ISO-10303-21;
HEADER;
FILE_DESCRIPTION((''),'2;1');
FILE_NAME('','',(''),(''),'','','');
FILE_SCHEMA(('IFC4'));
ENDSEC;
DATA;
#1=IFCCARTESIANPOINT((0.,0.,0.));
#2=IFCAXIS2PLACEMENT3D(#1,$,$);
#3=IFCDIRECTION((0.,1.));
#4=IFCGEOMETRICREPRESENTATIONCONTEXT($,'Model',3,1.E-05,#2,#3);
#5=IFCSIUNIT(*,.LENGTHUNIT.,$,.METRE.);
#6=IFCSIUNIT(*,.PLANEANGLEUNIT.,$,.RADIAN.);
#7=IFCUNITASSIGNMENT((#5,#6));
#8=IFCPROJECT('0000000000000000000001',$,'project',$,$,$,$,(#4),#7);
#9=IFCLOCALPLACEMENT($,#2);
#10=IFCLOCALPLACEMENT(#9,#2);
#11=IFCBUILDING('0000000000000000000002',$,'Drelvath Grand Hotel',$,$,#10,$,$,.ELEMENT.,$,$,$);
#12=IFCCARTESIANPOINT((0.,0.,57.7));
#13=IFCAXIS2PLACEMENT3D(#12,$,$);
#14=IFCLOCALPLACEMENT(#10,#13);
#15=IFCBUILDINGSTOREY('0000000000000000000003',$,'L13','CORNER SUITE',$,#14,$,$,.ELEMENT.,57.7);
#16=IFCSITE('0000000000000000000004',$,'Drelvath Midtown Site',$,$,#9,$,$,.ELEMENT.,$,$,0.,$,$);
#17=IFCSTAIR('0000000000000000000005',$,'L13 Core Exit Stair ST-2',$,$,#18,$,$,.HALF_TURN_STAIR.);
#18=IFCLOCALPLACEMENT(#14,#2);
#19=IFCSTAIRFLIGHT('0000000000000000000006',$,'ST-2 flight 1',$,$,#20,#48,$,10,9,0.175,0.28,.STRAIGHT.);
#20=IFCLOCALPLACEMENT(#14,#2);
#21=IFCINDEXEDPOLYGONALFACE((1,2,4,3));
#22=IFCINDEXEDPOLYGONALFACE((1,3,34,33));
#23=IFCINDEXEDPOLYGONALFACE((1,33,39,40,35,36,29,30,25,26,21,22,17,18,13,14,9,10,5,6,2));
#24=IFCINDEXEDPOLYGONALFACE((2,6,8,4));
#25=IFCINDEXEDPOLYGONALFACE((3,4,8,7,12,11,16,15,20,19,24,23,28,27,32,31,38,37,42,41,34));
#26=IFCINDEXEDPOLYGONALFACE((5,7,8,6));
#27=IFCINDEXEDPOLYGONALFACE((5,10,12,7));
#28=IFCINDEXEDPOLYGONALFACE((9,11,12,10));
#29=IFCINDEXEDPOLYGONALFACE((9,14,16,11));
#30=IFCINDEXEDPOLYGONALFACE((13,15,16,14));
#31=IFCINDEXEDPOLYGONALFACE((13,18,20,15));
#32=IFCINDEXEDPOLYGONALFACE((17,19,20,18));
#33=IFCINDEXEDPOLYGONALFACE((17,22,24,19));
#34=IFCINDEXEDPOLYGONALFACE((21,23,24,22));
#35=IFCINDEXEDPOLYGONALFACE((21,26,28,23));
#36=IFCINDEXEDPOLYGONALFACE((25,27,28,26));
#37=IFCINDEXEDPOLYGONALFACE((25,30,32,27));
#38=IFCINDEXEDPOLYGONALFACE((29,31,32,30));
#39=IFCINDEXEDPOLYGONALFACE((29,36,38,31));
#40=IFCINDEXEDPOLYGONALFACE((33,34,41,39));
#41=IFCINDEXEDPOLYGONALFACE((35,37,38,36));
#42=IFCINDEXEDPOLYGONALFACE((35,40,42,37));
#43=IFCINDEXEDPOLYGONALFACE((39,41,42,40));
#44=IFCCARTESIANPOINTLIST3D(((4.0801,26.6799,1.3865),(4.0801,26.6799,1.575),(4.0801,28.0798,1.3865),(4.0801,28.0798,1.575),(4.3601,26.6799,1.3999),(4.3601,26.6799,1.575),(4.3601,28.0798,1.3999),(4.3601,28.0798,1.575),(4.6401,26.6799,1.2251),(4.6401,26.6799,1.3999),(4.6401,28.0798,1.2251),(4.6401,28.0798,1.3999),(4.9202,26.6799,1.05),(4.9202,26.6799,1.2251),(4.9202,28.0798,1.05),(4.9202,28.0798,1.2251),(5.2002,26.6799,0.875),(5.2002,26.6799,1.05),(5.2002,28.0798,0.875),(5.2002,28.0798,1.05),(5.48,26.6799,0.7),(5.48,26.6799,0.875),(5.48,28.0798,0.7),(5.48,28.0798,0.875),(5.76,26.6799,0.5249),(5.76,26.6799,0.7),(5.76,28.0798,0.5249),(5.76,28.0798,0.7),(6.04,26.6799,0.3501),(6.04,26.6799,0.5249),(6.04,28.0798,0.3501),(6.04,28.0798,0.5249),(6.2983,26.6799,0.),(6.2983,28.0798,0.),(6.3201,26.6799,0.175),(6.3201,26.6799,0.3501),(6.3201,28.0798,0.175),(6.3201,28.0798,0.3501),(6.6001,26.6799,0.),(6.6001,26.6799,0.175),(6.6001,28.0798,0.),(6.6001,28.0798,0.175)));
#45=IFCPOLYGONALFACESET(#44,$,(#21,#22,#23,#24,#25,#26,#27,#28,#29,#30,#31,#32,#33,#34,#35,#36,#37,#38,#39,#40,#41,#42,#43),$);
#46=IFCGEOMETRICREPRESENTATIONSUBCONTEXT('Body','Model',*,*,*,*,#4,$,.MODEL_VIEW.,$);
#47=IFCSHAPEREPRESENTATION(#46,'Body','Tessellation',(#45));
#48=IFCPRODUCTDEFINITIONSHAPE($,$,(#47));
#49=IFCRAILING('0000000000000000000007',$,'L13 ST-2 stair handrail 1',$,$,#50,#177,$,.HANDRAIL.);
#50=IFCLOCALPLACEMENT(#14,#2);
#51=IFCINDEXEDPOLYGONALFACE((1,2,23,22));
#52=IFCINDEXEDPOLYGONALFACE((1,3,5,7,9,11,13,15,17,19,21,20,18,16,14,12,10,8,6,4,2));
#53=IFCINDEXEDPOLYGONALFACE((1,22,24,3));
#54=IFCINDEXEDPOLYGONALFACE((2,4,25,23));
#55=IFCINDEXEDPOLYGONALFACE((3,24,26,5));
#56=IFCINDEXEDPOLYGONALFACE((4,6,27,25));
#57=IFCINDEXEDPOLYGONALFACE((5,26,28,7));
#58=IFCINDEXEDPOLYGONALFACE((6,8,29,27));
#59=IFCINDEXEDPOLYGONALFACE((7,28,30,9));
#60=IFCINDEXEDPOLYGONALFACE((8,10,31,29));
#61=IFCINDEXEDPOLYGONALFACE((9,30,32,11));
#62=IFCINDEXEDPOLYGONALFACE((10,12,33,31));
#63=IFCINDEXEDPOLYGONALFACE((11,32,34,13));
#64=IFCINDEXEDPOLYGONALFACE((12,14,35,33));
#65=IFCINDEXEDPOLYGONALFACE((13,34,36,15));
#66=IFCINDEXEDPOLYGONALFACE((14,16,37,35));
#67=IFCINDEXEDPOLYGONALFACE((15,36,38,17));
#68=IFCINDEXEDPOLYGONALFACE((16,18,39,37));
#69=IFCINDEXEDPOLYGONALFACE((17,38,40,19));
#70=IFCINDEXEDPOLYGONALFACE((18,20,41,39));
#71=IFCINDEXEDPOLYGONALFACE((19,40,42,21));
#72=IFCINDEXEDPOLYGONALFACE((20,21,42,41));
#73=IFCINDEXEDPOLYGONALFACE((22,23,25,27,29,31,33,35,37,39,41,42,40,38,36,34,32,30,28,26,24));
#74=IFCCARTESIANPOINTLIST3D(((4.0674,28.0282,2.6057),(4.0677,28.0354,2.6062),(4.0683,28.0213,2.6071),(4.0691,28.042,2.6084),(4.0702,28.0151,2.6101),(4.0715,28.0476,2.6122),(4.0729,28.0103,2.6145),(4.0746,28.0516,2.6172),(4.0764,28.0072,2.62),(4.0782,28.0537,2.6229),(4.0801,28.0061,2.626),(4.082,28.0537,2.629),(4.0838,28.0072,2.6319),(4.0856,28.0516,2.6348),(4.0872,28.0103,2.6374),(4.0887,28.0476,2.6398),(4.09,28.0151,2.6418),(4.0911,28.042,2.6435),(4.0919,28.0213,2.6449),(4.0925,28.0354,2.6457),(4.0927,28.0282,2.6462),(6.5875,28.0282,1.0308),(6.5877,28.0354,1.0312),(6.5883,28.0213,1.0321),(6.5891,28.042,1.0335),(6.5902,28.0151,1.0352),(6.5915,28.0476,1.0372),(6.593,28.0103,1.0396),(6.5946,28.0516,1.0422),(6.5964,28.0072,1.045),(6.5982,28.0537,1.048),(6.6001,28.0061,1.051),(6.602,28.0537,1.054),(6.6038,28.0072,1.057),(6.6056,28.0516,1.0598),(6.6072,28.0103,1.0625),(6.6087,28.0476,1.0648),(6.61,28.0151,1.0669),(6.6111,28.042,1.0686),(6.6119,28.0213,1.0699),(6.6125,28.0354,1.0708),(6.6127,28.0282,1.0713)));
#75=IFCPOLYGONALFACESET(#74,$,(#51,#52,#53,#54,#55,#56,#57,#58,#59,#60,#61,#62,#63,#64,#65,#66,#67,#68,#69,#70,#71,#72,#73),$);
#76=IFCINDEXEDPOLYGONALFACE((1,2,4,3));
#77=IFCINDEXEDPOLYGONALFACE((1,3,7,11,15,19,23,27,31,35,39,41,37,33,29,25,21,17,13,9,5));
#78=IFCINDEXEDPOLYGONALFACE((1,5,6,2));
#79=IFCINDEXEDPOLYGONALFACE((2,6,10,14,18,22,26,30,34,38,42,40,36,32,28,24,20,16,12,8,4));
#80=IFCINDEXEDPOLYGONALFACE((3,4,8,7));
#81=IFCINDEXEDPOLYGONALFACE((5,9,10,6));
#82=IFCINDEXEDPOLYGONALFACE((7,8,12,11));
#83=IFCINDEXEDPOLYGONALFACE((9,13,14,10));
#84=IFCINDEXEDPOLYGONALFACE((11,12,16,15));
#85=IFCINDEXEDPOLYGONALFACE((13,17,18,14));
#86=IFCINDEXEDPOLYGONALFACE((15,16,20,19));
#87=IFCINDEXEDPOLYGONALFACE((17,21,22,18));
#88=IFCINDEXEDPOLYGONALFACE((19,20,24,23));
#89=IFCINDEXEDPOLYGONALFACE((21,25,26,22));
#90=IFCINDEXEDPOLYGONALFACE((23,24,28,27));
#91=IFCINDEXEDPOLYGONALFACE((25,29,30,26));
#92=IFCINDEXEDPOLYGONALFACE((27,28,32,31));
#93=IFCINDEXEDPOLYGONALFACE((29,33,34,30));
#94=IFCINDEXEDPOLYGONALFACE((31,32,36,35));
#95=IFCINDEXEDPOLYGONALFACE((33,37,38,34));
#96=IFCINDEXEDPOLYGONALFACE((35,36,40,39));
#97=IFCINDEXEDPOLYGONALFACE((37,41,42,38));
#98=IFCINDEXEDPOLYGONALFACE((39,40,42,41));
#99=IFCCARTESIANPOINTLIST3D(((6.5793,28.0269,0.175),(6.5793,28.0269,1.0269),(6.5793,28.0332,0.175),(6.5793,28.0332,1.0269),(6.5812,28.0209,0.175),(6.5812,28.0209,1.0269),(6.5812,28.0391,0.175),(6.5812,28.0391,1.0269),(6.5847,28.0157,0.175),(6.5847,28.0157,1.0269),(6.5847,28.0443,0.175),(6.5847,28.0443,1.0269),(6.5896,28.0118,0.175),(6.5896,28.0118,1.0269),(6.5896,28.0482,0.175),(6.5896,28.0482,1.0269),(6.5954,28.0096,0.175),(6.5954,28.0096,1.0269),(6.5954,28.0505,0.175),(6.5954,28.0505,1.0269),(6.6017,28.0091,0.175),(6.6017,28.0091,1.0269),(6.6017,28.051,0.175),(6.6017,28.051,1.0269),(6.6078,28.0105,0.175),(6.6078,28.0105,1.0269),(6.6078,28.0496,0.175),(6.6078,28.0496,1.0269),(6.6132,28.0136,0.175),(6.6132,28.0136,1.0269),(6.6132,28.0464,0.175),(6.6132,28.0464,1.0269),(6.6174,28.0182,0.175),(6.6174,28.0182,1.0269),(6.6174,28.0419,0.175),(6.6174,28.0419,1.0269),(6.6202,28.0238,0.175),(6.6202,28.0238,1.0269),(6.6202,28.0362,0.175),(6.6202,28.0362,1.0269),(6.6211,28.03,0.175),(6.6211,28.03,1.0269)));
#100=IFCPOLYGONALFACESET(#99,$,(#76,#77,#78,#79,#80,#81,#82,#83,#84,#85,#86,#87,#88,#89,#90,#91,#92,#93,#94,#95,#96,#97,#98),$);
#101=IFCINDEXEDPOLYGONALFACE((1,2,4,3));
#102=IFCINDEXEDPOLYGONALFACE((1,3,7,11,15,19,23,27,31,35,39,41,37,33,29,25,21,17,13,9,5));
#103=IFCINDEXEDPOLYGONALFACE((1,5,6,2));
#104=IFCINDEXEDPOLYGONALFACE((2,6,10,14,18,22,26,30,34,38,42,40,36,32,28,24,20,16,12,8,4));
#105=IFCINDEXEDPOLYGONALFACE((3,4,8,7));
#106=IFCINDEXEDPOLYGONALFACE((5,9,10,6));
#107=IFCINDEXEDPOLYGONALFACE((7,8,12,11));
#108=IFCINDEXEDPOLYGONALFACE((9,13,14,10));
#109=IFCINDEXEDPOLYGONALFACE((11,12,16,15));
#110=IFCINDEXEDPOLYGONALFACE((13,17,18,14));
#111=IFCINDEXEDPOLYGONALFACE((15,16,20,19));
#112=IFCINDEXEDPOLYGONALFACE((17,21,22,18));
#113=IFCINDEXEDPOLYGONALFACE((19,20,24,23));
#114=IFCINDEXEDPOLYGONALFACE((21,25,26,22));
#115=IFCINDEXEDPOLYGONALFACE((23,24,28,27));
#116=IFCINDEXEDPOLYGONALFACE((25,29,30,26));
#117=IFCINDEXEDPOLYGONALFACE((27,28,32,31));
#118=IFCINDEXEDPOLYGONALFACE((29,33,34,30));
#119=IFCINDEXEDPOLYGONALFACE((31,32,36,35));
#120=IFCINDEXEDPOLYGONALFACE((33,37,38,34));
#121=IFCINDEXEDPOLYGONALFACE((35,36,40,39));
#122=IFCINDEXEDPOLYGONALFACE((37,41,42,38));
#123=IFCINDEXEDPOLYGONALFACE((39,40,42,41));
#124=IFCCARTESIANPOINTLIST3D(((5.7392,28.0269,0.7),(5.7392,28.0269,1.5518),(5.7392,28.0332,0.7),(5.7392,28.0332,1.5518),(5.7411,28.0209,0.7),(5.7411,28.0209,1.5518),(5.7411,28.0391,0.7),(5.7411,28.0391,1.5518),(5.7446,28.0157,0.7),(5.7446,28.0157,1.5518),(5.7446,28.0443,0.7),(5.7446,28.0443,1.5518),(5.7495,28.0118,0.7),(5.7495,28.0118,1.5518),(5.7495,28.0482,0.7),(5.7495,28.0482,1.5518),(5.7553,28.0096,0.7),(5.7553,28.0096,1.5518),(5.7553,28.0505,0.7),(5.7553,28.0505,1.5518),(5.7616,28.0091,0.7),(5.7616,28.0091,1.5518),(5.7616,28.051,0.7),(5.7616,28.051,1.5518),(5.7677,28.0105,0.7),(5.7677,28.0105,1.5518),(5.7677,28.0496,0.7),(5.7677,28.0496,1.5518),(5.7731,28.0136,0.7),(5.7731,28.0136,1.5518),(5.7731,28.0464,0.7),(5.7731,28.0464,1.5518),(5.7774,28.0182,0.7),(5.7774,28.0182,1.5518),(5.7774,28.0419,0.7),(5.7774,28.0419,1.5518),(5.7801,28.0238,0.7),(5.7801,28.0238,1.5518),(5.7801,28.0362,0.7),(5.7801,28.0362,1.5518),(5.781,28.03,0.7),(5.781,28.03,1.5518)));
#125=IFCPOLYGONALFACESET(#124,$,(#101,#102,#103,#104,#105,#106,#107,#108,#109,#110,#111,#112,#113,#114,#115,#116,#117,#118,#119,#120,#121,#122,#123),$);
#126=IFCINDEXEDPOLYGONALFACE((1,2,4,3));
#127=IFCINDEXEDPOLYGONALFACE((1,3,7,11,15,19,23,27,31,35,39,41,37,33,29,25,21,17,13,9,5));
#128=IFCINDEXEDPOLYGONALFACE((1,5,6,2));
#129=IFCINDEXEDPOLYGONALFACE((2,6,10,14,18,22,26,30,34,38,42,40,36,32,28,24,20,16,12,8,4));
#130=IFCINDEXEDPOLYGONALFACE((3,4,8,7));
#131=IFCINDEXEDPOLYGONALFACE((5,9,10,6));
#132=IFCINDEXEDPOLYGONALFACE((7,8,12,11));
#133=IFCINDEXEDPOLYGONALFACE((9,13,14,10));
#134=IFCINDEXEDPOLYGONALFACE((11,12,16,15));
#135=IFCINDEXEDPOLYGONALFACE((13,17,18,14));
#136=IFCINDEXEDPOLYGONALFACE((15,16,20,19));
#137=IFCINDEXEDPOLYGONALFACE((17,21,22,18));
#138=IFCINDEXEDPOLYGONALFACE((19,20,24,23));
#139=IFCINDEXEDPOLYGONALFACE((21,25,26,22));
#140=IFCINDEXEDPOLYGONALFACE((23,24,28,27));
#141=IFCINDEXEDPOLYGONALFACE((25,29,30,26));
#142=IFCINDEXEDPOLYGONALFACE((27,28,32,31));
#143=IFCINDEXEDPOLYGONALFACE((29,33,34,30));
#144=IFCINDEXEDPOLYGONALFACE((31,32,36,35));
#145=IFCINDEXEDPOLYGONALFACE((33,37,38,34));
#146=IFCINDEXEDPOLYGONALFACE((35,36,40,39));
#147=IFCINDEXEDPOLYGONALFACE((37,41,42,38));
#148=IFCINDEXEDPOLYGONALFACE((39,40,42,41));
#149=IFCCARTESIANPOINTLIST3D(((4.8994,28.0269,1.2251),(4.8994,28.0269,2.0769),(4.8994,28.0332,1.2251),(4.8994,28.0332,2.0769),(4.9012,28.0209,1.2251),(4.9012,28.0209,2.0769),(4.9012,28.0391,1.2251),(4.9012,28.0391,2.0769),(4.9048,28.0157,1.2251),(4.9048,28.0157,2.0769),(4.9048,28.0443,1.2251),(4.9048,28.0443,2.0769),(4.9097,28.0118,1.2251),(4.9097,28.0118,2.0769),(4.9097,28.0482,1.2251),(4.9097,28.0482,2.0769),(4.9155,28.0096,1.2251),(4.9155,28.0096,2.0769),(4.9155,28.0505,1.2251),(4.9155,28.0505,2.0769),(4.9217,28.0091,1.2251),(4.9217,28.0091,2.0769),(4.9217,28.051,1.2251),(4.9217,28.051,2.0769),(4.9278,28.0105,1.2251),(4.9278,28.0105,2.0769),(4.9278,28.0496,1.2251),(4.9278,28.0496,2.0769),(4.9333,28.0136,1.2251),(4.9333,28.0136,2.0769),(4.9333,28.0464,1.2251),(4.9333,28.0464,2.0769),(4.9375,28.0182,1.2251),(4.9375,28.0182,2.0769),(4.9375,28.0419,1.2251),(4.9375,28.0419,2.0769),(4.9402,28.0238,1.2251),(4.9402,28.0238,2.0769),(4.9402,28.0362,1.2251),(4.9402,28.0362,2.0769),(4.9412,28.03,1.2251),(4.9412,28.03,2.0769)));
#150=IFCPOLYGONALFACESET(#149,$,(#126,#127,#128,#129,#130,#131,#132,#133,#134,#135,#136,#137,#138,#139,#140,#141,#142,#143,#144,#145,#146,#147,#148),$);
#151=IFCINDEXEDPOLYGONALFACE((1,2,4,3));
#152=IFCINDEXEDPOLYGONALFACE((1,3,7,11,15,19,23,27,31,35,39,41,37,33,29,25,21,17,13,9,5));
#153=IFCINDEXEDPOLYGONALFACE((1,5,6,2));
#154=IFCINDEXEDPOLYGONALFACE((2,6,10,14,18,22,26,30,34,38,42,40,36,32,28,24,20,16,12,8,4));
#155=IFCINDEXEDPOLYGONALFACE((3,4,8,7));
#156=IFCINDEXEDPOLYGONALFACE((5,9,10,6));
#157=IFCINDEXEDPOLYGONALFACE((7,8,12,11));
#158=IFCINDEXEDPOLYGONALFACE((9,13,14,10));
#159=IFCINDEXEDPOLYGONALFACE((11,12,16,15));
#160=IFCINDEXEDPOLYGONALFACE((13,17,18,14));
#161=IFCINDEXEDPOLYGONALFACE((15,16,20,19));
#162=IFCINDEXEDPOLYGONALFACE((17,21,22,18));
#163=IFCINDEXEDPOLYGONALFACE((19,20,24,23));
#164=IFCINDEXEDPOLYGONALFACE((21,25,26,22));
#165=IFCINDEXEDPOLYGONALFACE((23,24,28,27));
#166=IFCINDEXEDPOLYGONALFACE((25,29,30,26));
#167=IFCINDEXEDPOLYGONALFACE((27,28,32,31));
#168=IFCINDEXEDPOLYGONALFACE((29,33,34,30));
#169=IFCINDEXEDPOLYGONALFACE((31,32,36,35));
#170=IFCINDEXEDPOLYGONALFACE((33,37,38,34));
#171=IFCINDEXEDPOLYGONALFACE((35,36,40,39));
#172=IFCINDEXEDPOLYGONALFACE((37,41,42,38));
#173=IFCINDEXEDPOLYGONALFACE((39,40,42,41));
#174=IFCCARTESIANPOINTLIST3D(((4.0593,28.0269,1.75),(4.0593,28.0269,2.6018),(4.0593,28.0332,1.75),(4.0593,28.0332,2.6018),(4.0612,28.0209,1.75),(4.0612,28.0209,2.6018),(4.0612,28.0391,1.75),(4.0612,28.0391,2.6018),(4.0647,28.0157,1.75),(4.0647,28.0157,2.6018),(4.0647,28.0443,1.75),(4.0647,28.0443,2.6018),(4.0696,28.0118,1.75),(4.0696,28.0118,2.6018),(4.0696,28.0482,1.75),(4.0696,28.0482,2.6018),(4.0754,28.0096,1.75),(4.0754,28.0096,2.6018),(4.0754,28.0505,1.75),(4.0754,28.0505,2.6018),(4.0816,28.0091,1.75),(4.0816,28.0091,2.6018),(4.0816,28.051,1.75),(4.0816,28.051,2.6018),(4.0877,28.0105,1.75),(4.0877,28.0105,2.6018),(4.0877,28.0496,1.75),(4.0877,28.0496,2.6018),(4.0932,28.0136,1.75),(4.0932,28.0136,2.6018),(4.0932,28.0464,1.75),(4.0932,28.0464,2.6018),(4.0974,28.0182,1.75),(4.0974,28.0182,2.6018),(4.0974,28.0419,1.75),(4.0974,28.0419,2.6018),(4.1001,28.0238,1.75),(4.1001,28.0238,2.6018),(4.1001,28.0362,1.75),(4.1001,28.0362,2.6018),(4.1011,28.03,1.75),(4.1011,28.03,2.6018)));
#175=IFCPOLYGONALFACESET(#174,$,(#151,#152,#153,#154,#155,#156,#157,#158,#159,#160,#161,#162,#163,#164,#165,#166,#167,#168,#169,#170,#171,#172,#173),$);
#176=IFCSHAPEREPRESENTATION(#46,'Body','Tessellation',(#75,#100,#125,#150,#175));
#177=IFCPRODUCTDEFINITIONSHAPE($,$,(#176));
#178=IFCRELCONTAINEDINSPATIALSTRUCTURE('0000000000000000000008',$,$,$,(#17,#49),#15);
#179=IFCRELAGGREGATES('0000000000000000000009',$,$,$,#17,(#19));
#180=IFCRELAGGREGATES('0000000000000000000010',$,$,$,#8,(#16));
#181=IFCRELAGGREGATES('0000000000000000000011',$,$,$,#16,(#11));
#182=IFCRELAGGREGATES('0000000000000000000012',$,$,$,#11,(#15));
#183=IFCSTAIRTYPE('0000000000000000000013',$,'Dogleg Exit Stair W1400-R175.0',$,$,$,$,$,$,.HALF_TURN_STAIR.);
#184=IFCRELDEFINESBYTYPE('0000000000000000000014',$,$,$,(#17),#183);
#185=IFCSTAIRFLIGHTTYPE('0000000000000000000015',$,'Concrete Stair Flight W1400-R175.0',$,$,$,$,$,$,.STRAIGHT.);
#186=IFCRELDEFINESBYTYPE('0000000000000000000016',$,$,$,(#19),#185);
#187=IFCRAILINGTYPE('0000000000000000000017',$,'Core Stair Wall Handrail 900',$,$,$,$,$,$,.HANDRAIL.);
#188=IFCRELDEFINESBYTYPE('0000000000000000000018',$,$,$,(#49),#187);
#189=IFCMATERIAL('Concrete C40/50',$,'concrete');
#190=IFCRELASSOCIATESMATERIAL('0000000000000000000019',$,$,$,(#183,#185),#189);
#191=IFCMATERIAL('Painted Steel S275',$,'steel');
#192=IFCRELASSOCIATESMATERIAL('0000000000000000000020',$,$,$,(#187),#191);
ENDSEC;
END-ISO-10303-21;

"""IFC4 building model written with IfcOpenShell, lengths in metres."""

from ifc_helpers import new_model, si_unit, direction, frame, origin, origin_2d, place, context, subcontext, project, spatial, polyline, circle, outline, extrude, material, type_object, element, aggregate, save


model = new_model("IFC4")

# Units and contexts
model_context = context("Model", 3, precision=1e-05, world=origin(), true_north=direction((0.0, 1.0)))
body_context = subcontext(model_context, "Body", "Model", "MODEL_VIEW")
ifc_project = project(units=[si_unit("LENGTHUNIT", "METRE"), si_unit("PLANEANGLEUNIT", "RADIAN")], contexts=[model_context])

# Site, building, storey
site_placement = place(None, origin())
site = spatial("IfcSite", under=ifc_project, at=site_placement, Name="Drelvath Midtown Site", CompositionType="ELEMENT", RefElevation=0.0)
building_placement = place(site_placement, origin())
building = spatial("IfcBuilding", under=site, at=building_placement, Name="Drelvath Grand Hotel", CompositionType="ELEMENT")
storey_placement = place(building_placement, frame((0.0, 0.0, 57.7)))
storey = spatial("IfcBuildingStorey", under=building, at=storey_placement, Name="L13", Description="CORNER SUITE", CompositionType="ELEMENT", Elevation=57.7)

# Shared definitions
ifc_material_1 = material(Name="Concrete C40/50", Category="concrete")

# Shared definitions
ifc_material_2 = material(Name="Painted Steel S275", Category="steel")

# Stair, stair flight
stair_type = type_object("IfcStairType", Name="Dogleg Exit Stair W1400-R175.0", PredefinedType="HALF_TURN_STAIR", material=ifc_material_1)
stair_placement = place(storey_placement, origin())
stair = element("IfcStair", 1, at=stair_placement, inside=storey, type_object=stair_type, Name="L13 Core Exit Stair ST-2", PredefinedType="HALF_TURN_STAIR")
stair_flight_type = type_object("IfcStairFlightType", Name="Concrete Stair Flight W1400-R175.0", PredefinedType="STRAIGHT", material=ifc_material_1)
stair_flight_placement = place(storey_placement, frame((6.6001, 27.3799, 0.0), z_axis=(0.0, 0.0, 1.0), x_axis=(-1.0, 0.0, 0.0)))
stair_flight = element("IfcStairFlight", 2, at=stair_flight_placement, type_object=stair_flight_type, Name="ST-2 flight 1", NumberOfRisers=10, NumberOfTreads=9, PredefinedType="STRAIGHT", RiserHeight=0.175, TreadLength=0.28, context=body_context, shape_type="SweptSolid", body=[
    extrude(outline(polyline([(0.0, 0.0), (0.0, 0.175), (0.28, 0.175), (0.28, 0.3501), (0.5601, 0.3501), (0.5601, 0.5249), (0.8401, 0.5249), (0.8401, 0.7), (1.1201, 0.7), (1.1201, 0.875), (1.3999, 0.875), (1.3999, 1.05), (1.6799, 1.05), (1.6799, 1.2251), (1.96, 1.2251), (1.96, 1.3999), (2.24, 1.3999), (2.24, 1.575), (2.52, 1.575), (2.52, 1.75), (2.52, 1.3865), (0.3018, 0.0), (0.0, 0.0)])), frame((0.0, 0.7, 0.0), z_axis=(0.0, -1.0, 0.0), x_axis=(1.0, 0.0, 0.0)), (0.0, 0.0, 1.0), 1.3999),
])
aggregate(stair, [stair_flight])

# Railing
railing_type_1 = type_object("IfcRailingType", Name="Core Stair Wall Handrail 900", PredefinedType="HANDRAIL", material=ifc_material_2)
railing_1_placement = place(storey_placement, frame((6.6001, 28.03, 0.175)))
element("IfcRailing", 3, at=railing_1_placement, inside=storey, type_object=railing_type_1, Name="L13 ST-2 stair handrail 1", PredefinedType="HANDRAIL", context=body_context, shape_type="SweptSolid", body=[
    extrude(circle(Radius=0.0239, at=origin_2d()), frame((0.0, 0.0, 0.876), z_axis=(-0.848008, 0.0, 0.529984), x_axis=(0.0, -1.0, 0.0)), (0.0, 0.0, 1.0), 2.9717),
    extrude(circle(Radius=0.021, at=origin_2d()), origin(), (0.0, 0.0, 1.0), 0.8518),
    extrude(circle(Radius=0.021, at=origin_2d()), frame((-0.8401, 0.0, 0.5249)), (0.0, 0.0, 1.0), 0.8518),
    extrude(circle(Radius=0.021, at=origin_2d()), frame((-1.6799, 0.0, 1.05)), (0.0, 0.0, 1.0), 0.8518),
    extrude(circle(Radius=0.021, at=origin_2d()), frame((-2.52, 0.0, 1.575)), (0.0, 0.0, 1.0), 0.8518),
])

save(model, "model.ifc")
